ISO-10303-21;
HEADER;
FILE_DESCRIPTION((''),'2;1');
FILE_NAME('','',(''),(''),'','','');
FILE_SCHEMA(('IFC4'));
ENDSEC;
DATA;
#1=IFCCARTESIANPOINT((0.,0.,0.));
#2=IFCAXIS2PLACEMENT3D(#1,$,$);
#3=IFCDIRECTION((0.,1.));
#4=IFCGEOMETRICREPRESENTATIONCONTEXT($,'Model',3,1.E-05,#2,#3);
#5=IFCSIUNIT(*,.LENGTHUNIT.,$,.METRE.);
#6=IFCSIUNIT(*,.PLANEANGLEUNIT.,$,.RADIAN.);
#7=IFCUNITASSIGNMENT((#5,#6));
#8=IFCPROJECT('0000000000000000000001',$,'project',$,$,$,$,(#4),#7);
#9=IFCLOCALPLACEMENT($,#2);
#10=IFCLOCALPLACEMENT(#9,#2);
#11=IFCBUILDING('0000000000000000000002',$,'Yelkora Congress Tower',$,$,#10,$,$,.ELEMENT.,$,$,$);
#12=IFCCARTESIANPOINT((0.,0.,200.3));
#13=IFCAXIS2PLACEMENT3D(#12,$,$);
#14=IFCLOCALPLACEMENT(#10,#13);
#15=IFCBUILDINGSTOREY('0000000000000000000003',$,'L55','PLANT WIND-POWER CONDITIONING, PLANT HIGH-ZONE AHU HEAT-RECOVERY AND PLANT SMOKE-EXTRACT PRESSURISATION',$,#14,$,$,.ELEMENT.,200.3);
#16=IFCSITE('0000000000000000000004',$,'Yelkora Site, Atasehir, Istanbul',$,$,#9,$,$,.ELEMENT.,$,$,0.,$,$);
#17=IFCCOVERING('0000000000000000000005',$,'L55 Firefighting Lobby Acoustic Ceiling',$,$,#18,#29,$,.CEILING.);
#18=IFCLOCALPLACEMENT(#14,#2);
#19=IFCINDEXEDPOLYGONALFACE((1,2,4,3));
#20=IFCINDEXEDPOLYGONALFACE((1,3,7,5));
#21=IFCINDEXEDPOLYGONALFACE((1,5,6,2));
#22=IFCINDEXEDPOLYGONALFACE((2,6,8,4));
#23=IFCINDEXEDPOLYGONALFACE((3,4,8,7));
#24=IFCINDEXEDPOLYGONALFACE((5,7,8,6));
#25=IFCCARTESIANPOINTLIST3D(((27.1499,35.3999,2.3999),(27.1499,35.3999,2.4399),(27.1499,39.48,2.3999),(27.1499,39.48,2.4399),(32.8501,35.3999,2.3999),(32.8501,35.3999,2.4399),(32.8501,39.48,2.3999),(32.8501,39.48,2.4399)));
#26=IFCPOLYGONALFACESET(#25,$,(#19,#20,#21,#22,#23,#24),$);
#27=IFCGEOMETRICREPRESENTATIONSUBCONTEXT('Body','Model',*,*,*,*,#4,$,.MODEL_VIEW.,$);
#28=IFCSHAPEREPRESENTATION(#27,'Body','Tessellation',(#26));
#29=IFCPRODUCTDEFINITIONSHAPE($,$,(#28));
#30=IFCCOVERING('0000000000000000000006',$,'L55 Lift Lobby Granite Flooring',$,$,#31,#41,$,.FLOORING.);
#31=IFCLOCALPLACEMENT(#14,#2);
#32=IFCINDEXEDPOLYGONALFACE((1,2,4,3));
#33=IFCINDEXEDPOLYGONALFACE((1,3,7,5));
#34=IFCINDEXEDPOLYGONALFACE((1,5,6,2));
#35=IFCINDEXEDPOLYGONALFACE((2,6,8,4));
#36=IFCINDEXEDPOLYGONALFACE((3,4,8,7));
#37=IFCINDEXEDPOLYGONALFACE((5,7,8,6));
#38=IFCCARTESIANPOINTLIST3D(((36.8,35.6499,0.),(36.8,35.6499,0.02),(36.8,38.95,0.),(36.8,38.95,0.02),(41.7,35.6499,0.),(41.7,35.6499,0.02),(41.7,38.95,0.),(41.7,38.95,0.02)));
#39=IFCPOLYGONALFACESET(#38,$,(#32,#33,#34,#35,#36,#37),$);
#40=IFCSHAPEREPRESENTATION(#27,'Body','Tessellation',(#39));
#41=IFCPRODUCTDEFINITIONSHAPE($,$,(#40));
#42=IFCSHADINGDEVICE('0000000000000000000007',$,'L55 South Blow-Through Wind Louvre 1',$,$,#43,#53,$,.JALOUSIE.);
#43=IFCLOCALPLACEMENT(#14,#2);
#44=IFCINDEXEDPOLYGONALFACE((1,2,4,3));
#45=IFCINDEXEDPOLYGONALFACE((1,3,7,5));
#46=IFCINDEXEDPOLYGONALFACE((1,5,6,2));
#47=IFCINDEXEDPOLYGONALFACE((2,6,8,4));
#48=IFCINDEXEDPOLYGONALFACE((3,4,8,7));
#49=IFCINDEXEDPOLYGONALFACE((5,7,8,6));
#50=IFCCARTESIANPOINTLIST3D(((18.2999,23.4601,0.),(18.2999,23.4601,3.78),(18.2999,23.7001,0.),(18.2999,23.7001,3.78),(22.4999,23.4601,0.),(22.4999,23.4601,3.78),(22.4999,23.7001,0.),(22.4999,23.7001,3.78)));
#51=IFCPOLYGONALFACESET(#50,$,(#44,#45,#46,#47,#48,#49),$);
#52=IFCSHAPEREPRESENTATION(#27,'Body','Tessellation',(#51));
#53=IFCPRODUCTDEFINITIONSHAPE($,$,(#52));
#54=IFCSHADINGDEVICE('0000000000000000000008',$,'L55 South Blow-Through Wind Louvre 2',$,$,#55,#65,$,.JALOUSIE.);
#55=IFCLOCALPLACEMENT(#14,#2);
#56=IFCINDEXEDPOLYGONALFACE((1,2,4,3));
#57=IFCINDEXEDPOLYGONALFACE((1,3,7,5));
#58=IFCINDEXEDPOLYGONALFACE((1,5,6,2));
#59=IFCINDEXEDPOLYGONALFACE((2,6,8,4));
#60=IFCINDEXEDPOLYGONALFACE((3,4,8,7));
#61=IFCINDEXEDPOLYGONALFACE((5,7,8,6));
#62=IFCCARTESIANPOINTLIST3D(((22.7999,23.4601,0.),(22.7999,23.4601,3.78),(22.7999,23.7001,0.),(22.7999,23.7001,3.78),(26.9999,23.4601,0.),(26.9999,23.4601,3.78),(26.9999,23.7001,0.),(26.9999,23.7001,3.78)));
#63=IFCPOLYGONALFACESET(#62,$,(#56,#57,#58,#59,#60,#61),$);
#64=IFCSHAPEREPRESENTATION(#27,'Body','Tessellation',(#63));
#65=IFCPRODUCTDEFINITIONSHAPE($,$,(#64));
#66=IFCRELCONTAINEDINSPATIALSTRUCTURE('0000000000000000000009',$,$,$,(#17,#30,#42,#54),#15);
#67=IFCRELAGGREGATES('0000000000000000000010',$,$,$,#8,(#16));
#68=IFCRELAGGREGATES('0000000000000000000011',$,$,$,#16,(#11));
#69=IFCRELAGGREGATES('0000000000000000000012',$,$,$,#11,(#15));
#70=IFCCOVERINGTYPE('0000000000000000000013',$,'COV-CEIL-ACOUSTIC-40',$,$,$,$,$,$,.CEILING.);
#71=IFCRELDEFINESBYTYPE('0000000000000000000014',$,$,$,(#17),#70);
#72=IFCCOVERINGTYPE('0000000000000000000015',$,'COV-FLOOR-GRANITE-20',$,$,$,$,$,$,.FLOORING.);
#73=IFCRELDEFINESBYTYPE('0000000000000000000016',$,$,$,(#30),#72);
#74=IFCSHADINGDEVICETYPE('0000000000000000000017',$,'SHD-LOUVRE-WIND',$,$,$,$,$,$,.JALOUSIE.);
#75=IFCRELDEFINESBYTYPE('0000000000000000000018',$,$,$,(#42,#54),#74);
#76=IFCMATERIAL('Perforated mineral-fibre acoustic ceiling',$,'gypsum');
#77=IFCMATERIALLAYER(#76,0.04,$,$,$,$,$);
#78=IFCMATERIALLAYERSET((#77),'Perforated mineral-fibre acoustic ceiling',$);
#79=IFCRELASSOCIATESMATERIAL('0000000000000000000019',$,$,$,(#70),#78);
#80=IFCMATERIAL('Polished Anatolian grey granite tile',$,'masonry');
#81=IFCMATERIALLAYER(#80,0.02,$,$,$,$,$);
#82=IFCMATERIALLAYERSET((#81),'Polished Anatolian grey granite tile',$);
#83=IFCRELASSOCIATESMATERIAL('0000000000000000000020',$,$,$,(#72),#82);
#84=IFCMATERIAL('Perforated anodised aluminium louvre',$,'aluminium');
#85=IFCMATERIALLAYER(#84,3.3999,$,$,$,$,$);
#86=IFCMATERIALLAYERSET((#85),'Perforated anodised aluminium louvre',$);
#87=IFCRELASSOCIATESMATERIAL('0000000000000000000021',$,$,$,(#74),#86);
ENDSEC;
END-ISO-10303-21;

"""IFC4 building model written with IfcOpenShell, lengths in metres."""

from ifc_helpers import new_model, si_unit, direction, frame, origin, origin_2d, place, context, subcontext, project, spatial, polyline, rectangle, outline, extrude, material, layer, layer_set, type_object, element, save


model = new_model("IFC4")

# Units and contexts
model_context = context("Model", 3, precision=1e-05, world=origin(), true_north=direction((0.0, 1.0)))
body_context = subcontext(model_context, "Body", "Model", "MODEL_VIEW")
ifc_project = project(units=[si_unit("LENGTHUNIT", "METRE"), si_unit("PLANEANGLEUNIT", "RADIAN")], contexts=[model_context])

# Site, building, storey
site_placement = place(None, origin())
site = spatial("IfcSite", under=ifc_project, at=site_placement, Name="Yelkora Site, Atasehir, Istanbul", CompositionType="ELEMENT", RefElevation=0.0)
building_placement = place(site_placement, origin())
building = spatial("IfcBuilding", under=site, at=building_placement, Name="Yelkora Congress Tower", CompositionType="ELEMENT")
storey_placement = place(building_placement, frame((0.0, 0.0, 200.3)))
storey = spatial("IfcBuildingStorey", under=building, at=storey_placement, Name="L55", Description="PLANT WIND-POWER CONDITIONING, PLANT HIGH-ZONE AHU HEAT-RECOVERY AND PLANT SMOKE-EXTRACT PRESSURISATION", CompositionType="ELEMENT", Elevation=200.3)

# Coverings
ifc_material_1 = material(Name="Perforated mineral-fibre acoustic ceiling", Category="gypsum")
ifc_layer_1 = layer(ifc_material_1, 0.04)
ifc_layer_set_1 = layer_set([ifc_layer_1], Name="Perforated mineral-fibre acoustic ceiling")
covering_type_1 = type_object("IfcCoveringType", Name="COV-CEIL-ACOUSTIC-40", PredefinedType="CEILING", material=ifc_layer_set_1)
covering_1_placement = place(storey_placement, frame((0.0, 0.0, 2.3999)))
element("IfcCovering", 1, at=covering_1_placement, inside=storey, type_object=covering_type_1, Name="L55 Firefighting Lobby Acoustic Ceiling", PredefinedType="CEILING", context=body_context, shape_type="SweptSolid", body=[
    extrude(outline(polyline([(27.1499, 35.3999), (32.8501, 35.3999), (32.8501, 39.48), (27.1499, 39.48), (27.1499, 35.3999)])), origin(), (0.0, 0.0, 1.0), 0.04),
])
ifc_material_2 = material(Name="Polished Anatolian grey granite tile", Category="masonry")
ifc_layer_2 = layer(ifc_material_2, 0.02)
ifc_layer_set_2 = layer_set([ifc_layer_2], Name="Polished Anatolian grey granite tile")
covering_type_2 = type_object("IfcCoveringType", Name="COV-FLOOR-GRANITE-20", PredefinedType="FLOORING", material=ifc_layer_set_2)
covering_2_placement = place(storey_placement, origin())
element("IfcCovering", 2, at=covering_2_placement, inside=storey, type_object=covering_type_2, Name="L55 Lift Lobby Granite Flooring", PredefinedType="FLOORING", context=body_context, shape_type="SweptSolid", body=[
    extrude(outline(polyline([(36.8, 35.6499), (41.7, 35.6499), (41.7, 38.95), (36.8, 38.95), (36.8, 35.6499)])), origin(), (0.0, 0.0, 1.0), 0.02),
])

# Shading devices
ifc_material_3 = material(Name="Perforated anodised aluminium louvre", Category="aluminium")
ifc_layer_3 = layer(ifc_material_3, 3.3999)
ifc_layer_set_3 = layer_set([ifc_layer_3], Name="Perforated anodised aluminium louvre")
shading_device_type = type_object("IfcShadingDeviceType", Name="SHD-LOUVRE-WIND", PredefinedType="JALOUSIE", material=ifc_layer_set_3)
for number, where, z_axis, x_axis, name in (
    (3, (20.3999, 23.5801, 0.0), (0.0, 0.0, 1.0), (1.0, 0.0, 0.0), "L55 South Blow-Through Wind Louvre 1"),
    (4, (24.8999, 23.5801, 0.0), (0.0, 0.0, 1.0), (1.0, 0.0, 0.0), "L55 South Blow-Through Wind Louvre 2"),
):
    element("IfcShadingDevice", number, at=place(storey_placement, frame(where, z_axis=z_axis, x_axis=x_axis)), inside=storey, type_object=shading_device_type, Name=name, PredefinedType="JALOUSIE", context=body_context, shape_type="SweptSolid", body=[
        extrude(rectangle(XDim=4.2, YDim=0.24, at=origin_2d()), origin(), (0.0, 0.0, 1.0), 3.78),
    ])

save(model, "model.ifc")
